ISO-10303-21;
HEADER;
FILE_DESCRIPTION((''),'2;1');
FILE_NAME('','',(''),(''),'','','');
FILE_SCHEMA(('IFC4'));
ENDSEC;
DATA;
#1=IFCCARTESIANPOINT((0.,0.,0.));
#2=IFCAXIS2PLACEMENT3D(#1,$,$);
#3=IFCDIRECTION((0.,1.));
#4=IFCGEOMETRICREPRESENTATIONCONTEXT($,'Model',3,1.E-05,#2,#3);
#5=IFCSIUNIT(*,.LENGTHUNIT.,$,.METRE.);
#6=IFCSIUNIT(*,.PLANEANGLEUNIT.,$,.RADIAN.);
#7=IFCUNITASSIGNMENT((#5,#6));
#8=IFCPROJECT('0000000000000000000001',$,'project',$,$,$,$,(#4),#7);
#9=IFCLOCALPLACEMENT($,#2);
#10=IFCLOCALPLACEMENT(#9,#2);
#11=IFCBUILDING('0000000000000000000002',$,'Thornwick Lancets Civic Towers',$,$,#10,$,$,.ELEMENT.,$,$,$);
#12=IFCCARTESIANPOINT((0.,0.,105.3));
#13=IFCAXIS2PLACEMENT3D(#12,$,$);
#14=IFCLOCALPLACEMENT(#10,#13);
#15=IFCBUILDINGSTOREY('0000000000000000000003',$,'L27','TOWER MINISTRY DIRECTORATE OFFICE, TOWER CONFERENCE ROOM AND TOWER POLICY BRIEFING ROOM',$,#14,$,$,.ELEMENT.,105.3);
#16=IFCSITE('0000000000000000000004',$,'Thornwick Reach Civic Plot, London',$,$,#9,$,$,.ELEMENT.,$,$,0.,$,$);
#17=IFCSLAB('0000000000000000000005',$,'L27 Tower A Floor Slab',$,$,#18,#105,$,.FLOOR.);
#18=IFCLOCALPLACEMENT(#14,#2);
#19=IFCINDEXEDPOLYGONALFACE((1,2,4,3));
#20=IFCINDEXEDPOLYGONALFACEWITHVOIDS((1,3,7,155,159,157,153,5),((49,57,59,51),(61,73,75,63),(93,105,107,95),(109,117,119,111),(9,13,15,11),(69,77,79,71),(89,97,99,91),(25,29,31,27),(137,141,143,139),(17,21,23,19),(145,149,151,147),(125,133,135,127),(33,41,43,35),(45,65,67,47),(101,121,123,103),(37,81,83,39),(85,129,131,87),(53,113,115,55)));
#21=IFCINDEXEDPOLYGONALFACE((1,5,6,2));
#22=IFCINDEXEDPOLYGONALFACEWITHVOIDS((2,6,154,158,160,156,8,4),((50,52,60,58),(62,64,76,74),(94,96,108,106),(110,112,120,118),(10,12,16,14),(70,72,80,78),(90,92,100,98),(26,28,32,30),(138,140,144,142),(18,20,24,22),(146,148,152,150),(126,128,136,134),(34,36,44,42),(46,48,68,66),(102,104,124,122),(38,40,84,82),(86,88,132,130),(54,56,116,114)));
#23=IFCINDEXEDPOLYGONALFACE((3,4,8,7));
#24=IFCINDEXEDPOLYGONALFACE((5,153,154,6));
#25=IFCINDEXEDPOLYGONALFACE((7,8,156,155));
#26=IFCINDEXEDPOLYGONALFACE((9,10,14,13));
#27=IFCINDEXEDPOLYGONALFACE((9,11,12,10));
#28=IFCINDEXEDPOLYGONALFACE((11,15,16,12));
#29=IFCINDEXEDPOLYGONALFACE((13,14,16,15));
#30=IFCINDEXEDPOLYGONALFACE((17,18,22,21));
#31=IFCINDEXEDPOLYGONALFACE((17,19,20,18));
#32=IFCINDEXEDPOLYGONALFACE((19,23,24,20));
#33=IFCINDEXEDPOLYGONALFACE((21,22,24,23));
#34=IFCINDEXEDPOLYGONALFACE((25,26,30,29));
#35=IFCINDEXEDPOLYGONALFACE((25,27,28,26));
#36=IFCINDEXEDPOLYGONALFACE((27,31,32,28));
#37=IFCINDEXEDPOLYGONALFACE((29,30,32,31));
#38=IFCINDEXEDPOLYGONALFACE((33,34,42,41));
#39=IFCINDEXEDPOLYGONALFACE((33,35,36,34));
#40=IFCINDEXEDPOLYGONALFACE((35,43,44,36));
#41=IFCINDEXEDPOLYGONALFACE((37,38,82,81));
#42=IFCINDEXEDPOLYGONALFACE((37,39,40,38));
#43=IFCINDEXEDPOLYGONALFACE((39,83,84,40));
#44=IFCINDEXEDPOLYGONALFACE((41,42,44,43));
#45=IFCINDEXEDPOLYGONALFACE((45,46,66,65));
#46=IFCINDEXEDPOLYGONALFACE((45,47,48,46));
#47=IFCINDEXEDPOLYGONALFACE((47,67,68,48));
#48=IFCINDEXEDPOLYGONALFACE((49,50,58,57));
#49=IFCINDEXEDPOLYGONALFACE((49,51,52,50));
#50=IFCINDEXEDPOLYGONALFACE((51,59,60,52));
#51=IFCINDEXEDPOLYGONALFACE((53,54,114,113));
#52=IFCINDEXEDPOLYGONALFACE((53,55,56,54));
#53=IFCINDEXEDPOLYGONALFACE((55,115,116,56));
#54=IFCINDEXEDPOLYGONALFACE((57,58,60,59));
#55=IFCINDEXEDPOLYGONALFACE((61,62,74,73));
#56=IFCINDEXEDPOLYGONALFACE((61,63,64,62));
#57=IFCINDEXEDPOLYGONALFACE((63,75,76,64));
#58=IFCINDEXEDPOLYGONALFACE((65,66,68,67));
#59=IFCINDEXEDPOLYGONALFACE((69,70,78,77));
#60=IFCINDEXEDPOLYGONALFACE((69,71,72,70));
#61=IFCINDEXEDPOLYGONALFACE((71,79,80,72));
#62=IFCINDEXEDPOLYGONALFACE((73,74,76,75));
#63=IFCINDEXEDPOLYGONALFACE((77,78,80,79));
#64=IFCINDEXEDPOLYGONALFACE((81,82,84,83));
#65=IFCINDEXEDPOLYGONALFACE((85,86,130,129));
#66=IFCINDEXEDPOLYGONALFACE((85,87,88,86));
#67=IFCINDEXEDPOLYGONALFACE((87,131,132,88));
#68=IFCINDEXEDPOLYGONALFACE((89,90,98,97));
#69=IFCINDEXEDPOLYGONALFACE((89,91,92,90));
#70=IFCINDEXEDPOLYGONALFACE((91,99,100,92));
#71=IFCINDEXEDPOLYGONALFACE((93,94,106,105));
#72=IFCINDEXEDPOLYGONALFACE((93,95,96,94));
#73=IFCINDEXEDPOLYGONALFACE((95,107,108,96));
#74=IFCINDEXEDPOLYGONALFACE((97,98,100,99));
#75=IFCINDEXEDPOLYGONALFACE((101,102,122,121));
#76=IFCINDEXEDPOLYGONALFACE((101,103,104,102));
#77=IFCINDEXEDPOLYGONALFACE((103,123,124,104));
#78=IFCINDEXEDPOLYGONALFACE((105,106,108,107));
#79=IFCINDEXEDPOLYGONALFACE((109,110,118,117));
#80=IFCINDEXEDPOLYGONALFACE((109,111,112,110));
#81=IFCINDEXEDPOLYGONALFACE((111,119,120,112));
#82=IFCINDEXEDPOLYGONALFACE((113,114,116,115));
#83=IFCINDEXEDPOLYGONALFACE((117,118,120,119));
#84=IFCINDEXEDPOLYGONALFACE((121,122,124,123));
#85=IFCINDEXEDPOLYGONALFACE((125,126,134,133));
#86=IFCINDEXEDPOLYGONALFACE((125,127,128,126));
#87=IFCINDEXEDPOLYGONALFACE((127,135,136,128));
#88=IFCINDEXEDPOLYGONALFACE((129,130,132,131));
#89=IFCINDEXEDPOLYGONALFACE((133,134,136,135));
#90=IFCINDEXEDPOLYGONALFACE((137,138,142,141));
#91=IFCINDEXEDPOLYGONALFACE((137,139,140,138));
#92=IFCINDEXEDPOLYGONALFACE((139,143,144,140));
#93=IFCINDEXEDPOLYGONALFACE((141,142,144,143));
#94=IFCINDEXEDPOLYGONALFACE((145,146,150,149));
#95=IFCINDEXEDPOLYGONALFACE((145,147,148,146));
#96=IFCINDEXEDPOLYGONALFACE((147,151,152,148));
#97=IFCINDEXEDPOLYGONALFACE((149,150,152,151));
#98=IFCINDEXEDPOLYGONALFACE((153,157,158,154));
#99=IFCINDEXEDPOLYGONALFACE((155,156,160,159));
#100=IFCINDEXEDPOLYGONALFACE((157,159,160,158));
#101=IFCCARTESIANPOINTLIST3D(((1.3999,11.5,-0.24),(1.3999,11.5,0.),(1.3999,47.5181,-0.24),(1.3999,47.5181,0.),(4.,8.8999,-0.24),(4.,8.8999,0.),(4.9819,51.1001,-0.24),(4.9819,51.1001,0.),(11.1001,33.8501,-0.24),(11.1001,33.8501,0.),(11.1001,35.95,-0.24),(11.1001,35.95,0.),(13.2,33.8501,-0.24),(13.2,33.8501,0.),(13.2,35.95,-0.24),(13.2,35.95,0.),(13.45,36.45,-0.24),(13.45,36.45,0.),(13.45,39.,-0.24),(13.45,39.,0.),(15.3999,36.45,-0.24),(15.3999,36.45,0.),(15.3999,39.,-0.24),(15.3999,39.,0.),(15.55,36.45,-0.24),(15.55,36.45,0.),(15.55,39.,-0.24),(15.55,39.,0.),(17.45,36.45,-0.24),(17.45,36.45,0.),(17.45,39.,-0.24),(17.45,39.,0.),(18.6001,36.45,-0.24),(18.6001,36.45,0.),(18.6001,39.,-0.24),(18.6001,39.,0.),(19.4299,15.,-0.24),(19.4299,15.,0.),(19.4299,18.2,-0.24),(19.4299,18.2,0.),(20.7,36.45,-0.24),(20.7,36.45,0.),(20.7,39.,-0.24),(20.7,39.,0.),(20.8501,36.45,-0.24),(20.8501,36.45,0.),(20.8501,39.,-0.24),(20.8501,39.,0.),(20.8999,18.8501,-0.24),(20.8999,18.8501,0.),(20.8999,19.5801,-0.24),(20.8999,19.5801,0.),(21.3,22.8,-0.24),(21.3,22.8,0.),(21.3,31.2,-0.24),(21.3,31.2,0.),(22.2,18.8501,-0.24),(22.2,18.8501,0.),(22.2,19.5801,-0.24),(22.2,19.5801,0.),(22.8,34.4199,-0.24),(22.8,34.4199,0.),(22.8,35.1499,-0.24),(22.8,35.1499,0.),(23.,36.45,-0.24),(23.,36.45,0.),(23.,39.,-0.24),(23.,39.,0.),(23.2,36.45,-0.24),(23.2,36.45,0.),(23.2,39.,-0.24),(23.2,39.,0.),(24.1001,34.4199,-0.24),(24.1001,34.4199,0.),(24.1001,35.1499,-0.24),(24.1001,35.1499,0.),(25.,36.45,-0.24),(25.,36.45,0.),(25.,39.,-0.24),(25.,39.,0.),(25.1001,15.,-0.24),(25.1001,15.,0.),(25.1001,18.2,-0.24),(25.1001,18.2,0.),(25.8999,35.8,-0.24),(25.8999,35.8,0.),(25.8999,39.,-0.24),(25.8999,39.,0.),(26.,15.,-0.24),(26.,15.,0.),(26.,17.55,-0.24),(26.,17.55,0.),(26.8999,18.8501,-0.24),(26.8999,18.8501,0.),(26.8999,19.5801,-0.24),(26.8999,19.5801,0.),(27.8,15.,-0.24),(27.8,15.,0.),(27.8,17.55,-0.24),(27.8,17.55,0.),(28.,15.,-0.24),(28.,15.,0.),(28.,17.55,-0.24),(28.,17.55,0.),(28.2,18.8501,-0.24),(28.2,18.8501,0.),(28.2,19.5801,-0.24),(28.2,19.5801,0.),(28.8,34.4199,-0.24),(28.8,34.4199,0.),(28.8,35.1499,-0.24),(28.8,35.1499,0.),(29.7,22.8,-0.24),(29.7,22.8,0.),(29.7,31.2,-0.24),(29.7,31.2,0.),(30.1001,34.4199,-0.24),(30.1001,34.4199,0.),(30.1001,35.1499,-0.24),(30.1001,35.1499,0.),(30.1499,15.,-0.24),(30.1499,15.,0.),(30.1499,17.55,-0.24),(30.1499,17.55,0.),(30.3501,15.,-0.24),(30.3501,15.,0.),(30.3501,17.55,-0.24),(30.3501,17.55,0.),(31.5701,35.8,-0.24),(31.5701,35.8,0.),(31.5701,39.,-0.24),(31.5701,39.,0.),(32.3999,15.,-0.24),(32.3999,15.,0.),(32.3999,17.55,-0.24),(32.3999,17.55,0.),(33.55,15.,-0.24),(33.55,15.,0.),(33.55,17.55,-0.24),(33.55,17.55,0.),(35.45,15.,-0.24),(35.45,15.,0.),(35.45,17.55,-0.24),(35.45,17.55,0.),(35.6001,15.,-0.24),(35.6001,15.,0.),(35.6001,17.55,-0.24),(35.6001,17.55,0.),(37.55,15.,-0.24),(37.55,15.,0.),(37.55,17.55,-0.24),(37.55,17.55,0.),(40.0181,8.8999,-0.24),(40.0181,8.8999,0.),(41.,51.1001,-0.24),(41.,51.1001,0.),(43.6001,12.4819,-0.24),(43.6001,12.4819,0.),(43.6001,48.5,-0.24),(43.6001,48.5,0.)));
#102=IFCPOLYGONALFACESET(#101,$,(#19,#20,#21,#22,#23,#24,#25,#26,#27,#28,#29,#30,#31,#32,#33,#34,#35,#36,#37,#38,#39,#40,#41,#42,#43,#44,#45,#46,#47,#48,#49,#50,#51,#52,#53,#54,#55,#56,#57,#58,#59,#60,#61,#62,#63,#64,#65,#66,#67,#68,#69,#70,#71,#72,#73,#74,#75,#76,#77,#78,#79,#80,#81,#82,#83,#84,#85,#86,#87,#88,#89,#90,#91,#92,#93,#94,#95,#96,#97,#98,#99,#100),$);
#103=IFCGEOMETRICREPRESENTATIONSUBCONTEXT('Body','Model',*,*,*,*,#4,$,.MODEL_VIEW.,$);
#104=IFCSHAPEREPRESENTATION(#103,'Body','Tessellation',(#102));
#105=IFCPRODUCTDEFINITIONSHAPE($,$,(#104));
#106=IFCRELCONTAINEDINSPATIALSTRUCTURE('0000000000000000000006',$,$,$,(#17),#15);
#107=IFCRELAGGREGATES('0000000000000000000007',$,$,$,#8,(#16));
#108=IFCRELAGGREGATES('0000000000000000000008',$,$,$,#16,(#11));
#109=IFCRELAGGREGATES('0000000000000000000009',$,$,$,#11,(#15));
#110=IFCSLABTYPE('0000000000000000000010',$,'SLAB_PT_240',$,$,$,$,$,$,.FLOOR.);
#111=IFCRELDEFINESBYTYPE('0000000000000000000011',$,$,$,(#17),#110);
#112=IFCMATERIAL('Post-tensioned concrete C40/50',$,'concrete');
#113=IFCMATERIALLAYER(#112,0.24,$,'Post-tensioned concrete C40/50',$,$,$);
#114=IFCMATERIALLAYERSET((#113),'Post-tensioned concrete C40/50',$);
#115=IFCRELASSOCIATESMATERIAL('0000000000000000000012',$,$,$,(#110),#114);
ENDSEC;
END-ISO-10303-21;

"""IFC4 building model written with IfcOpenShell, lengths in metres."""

from ifc_helpers import new_model, si_unit, direction, frame, origin, place, context, subcontext, project, spatial, polyline, outline, extrude, material, layer, layer_set, type_object, element, save


model = new_model("IFC4")

# Units and contexts
model_context = context("Model", 3, precision=1e-05, world=origin(), true_north=direction((0.0, 1.0)))
body_context = subcontext(model_context, "Body", "Model", "MODEL_VIEW")
ifc_project = project(units=[si_unit("LENGTHUNIT", "METRE"), si_unit("PLANEANGLEUNIT", "RADIAN")], contexts=[model_context])

# Site, building, storey
site_placement = place(None, origin())
site = spatial("IfcSite", under=ifc_project, at=site_placement, Name="Thornwick Reach Civic Plot, London", CompositionType="ELEMENT", RefElevation=0.0)
building_placement = place(site_placement, origin())
building = spatial("IfcBuilding", under=site, at=building_placement, Name="Thornwick Lancets Civic Towers", CompositionType="ELEMENT")
storey_placement = place(building_placement, frame((0.0, 0.0, 105.3)))
storey = spatial("IfcBuildingStorey", under=building, at=storey_placement, Name="L27", Description="TOWER MINISTRY DIRECTORATE OFFICE, TOWER CONFERENCE ROOM AND TOWER POLICY BRIEFING ROOM", CompositionType="ELEMENT", Elevation=105.3)

# Shared definitions
ifc_material_1 = material(Name="Post-tensioned concrete C40/50", Category="concrete")

# Slab
ifc_layer_1 = layer(ifc_material_1, 0.24, Name="Post-tensioned concrete C40/50")
ifc_layer_set_1 = layer_set([ifc_layer_1], Name="Post-tensioned concrete C40/50")
slab_type_1 = type_object("IfcSlabType", Name="SLAB_PT_240", PredefinedType="FLOOR", material=ifc_layer_set_1)
slab_1_placement = place(storey_placement, frame((0.0, 0.0, -0.24)))
element("IfcSlab", 1, at=slab_1_placement, inside=storey, type_object=slab_type_1, Name="L27 Tower A Floor Slab", PredefinedType="FLOOR", context=body_context, shape_type="SweptSolid", body=[
    extrude(outline(polyline([(4.0, 8.8999), (40.0181, 8.8999), (43.6001, 12.4819), (43.6001, 48.5), (41.0, 51.1001), (4.9819, 51.1001), (1.3999, 47.5181), (1.3999, 11.5), (4.0, 8.8999)]), holes=[polyline([(21.3, 22.8), (29.7, 22.8), (29.7, 31.2), (21.3, 31.2), (21.3, 22.8)]), polyline([(19.4299, 15.0), (25.1001, 15.0), (25.1001, 18.2), (19.4299, 18.2), (19.4299, 15.0)]), polyline([(31.5701, 39.0), (25.8999, 39.0), (25.8999, 35.8), (31.5701, 35.8), (31.5701, 39.0)]), polyline([(26.0, 15.0), (27.8, 15.0), (27.8, 17.55), (26.0, 17.55), (26.0, 15.0)]), polyline([(28.0, 15.0), (30.1499, 15.0), (30.1499, 17.55), (28.0, 17.55), (28.0, 15.0)]), polyline([(30.3501, 15.0), (32.3999, 15.0), (32.3999, 17.55), (30.3501, 17.55), (30.3501, 15.0)]), polyline([(33.55, 15.0), (35.45, 15.0), (35.45, 17.55), (33.55, 17.55), (33.55, 15.0)]), polyline([(35.6001, 15.0), (37.55, 15.0), (37.55, 17.55), (35.6001, 17.55), (35.6001, 15.0)]), polyline([(23.2, 36.45), (25.0, 36.45), (25.0, 39.0), (23.2, 39.0), (23.2, 36.45)]), polyline([(20.8501, 36.45), (23.0, 36.45), (23.0, 39.0), (20.8501, 39.0), (20.8501, 36.45)]), polyline([(18.6001, 36.45), (20.7, 36.45), (20.7, 39.0), (18.6001, 39.0), (18.6001, 36.45)]), polyline([(15.55, 36.45), (17.45, 36.45), (17.45, 39.0), (15.55, 39.0), (15.55, 36.45)]), polyline([(13.45, 36.45), (15.3999, 36.45), (15.3999, 39.0), (13.45, 39.0), (13.45, 36.45)]), polyline([(11.1001, 33.8501), (13.2, 33.8501), (13.2, 35.95), (11.1001, 35.95), (11.1001, 33.8501)]), polyline([(26.8999, 18.8501), (28.2, 18.8501), (28.2, 19.5801), (26.8999, 19.5801), (26.8999, 18.8501)]), polyline([(20.8999, 18.8501), (22.2, 18.8501), (22.2, 19.5801), (20.8999, 19.5801), (20.8999, 18.8501)]), polyline([(22.8, 34.4199), (24.1001, 34.4199), (24.1001, 35.1499), (22.8, 35.1499), (22.8, 34.4199)]), polyline([(28.8, 34.4199), (30.1001, 34.4199), (30.1001, 35.1499), (28.8, 35.1499), (28.8, 34.4199)])]), origin(), (0.0, 0.0, 1.0), 0.24),
])

save(model, "model.ifc")
